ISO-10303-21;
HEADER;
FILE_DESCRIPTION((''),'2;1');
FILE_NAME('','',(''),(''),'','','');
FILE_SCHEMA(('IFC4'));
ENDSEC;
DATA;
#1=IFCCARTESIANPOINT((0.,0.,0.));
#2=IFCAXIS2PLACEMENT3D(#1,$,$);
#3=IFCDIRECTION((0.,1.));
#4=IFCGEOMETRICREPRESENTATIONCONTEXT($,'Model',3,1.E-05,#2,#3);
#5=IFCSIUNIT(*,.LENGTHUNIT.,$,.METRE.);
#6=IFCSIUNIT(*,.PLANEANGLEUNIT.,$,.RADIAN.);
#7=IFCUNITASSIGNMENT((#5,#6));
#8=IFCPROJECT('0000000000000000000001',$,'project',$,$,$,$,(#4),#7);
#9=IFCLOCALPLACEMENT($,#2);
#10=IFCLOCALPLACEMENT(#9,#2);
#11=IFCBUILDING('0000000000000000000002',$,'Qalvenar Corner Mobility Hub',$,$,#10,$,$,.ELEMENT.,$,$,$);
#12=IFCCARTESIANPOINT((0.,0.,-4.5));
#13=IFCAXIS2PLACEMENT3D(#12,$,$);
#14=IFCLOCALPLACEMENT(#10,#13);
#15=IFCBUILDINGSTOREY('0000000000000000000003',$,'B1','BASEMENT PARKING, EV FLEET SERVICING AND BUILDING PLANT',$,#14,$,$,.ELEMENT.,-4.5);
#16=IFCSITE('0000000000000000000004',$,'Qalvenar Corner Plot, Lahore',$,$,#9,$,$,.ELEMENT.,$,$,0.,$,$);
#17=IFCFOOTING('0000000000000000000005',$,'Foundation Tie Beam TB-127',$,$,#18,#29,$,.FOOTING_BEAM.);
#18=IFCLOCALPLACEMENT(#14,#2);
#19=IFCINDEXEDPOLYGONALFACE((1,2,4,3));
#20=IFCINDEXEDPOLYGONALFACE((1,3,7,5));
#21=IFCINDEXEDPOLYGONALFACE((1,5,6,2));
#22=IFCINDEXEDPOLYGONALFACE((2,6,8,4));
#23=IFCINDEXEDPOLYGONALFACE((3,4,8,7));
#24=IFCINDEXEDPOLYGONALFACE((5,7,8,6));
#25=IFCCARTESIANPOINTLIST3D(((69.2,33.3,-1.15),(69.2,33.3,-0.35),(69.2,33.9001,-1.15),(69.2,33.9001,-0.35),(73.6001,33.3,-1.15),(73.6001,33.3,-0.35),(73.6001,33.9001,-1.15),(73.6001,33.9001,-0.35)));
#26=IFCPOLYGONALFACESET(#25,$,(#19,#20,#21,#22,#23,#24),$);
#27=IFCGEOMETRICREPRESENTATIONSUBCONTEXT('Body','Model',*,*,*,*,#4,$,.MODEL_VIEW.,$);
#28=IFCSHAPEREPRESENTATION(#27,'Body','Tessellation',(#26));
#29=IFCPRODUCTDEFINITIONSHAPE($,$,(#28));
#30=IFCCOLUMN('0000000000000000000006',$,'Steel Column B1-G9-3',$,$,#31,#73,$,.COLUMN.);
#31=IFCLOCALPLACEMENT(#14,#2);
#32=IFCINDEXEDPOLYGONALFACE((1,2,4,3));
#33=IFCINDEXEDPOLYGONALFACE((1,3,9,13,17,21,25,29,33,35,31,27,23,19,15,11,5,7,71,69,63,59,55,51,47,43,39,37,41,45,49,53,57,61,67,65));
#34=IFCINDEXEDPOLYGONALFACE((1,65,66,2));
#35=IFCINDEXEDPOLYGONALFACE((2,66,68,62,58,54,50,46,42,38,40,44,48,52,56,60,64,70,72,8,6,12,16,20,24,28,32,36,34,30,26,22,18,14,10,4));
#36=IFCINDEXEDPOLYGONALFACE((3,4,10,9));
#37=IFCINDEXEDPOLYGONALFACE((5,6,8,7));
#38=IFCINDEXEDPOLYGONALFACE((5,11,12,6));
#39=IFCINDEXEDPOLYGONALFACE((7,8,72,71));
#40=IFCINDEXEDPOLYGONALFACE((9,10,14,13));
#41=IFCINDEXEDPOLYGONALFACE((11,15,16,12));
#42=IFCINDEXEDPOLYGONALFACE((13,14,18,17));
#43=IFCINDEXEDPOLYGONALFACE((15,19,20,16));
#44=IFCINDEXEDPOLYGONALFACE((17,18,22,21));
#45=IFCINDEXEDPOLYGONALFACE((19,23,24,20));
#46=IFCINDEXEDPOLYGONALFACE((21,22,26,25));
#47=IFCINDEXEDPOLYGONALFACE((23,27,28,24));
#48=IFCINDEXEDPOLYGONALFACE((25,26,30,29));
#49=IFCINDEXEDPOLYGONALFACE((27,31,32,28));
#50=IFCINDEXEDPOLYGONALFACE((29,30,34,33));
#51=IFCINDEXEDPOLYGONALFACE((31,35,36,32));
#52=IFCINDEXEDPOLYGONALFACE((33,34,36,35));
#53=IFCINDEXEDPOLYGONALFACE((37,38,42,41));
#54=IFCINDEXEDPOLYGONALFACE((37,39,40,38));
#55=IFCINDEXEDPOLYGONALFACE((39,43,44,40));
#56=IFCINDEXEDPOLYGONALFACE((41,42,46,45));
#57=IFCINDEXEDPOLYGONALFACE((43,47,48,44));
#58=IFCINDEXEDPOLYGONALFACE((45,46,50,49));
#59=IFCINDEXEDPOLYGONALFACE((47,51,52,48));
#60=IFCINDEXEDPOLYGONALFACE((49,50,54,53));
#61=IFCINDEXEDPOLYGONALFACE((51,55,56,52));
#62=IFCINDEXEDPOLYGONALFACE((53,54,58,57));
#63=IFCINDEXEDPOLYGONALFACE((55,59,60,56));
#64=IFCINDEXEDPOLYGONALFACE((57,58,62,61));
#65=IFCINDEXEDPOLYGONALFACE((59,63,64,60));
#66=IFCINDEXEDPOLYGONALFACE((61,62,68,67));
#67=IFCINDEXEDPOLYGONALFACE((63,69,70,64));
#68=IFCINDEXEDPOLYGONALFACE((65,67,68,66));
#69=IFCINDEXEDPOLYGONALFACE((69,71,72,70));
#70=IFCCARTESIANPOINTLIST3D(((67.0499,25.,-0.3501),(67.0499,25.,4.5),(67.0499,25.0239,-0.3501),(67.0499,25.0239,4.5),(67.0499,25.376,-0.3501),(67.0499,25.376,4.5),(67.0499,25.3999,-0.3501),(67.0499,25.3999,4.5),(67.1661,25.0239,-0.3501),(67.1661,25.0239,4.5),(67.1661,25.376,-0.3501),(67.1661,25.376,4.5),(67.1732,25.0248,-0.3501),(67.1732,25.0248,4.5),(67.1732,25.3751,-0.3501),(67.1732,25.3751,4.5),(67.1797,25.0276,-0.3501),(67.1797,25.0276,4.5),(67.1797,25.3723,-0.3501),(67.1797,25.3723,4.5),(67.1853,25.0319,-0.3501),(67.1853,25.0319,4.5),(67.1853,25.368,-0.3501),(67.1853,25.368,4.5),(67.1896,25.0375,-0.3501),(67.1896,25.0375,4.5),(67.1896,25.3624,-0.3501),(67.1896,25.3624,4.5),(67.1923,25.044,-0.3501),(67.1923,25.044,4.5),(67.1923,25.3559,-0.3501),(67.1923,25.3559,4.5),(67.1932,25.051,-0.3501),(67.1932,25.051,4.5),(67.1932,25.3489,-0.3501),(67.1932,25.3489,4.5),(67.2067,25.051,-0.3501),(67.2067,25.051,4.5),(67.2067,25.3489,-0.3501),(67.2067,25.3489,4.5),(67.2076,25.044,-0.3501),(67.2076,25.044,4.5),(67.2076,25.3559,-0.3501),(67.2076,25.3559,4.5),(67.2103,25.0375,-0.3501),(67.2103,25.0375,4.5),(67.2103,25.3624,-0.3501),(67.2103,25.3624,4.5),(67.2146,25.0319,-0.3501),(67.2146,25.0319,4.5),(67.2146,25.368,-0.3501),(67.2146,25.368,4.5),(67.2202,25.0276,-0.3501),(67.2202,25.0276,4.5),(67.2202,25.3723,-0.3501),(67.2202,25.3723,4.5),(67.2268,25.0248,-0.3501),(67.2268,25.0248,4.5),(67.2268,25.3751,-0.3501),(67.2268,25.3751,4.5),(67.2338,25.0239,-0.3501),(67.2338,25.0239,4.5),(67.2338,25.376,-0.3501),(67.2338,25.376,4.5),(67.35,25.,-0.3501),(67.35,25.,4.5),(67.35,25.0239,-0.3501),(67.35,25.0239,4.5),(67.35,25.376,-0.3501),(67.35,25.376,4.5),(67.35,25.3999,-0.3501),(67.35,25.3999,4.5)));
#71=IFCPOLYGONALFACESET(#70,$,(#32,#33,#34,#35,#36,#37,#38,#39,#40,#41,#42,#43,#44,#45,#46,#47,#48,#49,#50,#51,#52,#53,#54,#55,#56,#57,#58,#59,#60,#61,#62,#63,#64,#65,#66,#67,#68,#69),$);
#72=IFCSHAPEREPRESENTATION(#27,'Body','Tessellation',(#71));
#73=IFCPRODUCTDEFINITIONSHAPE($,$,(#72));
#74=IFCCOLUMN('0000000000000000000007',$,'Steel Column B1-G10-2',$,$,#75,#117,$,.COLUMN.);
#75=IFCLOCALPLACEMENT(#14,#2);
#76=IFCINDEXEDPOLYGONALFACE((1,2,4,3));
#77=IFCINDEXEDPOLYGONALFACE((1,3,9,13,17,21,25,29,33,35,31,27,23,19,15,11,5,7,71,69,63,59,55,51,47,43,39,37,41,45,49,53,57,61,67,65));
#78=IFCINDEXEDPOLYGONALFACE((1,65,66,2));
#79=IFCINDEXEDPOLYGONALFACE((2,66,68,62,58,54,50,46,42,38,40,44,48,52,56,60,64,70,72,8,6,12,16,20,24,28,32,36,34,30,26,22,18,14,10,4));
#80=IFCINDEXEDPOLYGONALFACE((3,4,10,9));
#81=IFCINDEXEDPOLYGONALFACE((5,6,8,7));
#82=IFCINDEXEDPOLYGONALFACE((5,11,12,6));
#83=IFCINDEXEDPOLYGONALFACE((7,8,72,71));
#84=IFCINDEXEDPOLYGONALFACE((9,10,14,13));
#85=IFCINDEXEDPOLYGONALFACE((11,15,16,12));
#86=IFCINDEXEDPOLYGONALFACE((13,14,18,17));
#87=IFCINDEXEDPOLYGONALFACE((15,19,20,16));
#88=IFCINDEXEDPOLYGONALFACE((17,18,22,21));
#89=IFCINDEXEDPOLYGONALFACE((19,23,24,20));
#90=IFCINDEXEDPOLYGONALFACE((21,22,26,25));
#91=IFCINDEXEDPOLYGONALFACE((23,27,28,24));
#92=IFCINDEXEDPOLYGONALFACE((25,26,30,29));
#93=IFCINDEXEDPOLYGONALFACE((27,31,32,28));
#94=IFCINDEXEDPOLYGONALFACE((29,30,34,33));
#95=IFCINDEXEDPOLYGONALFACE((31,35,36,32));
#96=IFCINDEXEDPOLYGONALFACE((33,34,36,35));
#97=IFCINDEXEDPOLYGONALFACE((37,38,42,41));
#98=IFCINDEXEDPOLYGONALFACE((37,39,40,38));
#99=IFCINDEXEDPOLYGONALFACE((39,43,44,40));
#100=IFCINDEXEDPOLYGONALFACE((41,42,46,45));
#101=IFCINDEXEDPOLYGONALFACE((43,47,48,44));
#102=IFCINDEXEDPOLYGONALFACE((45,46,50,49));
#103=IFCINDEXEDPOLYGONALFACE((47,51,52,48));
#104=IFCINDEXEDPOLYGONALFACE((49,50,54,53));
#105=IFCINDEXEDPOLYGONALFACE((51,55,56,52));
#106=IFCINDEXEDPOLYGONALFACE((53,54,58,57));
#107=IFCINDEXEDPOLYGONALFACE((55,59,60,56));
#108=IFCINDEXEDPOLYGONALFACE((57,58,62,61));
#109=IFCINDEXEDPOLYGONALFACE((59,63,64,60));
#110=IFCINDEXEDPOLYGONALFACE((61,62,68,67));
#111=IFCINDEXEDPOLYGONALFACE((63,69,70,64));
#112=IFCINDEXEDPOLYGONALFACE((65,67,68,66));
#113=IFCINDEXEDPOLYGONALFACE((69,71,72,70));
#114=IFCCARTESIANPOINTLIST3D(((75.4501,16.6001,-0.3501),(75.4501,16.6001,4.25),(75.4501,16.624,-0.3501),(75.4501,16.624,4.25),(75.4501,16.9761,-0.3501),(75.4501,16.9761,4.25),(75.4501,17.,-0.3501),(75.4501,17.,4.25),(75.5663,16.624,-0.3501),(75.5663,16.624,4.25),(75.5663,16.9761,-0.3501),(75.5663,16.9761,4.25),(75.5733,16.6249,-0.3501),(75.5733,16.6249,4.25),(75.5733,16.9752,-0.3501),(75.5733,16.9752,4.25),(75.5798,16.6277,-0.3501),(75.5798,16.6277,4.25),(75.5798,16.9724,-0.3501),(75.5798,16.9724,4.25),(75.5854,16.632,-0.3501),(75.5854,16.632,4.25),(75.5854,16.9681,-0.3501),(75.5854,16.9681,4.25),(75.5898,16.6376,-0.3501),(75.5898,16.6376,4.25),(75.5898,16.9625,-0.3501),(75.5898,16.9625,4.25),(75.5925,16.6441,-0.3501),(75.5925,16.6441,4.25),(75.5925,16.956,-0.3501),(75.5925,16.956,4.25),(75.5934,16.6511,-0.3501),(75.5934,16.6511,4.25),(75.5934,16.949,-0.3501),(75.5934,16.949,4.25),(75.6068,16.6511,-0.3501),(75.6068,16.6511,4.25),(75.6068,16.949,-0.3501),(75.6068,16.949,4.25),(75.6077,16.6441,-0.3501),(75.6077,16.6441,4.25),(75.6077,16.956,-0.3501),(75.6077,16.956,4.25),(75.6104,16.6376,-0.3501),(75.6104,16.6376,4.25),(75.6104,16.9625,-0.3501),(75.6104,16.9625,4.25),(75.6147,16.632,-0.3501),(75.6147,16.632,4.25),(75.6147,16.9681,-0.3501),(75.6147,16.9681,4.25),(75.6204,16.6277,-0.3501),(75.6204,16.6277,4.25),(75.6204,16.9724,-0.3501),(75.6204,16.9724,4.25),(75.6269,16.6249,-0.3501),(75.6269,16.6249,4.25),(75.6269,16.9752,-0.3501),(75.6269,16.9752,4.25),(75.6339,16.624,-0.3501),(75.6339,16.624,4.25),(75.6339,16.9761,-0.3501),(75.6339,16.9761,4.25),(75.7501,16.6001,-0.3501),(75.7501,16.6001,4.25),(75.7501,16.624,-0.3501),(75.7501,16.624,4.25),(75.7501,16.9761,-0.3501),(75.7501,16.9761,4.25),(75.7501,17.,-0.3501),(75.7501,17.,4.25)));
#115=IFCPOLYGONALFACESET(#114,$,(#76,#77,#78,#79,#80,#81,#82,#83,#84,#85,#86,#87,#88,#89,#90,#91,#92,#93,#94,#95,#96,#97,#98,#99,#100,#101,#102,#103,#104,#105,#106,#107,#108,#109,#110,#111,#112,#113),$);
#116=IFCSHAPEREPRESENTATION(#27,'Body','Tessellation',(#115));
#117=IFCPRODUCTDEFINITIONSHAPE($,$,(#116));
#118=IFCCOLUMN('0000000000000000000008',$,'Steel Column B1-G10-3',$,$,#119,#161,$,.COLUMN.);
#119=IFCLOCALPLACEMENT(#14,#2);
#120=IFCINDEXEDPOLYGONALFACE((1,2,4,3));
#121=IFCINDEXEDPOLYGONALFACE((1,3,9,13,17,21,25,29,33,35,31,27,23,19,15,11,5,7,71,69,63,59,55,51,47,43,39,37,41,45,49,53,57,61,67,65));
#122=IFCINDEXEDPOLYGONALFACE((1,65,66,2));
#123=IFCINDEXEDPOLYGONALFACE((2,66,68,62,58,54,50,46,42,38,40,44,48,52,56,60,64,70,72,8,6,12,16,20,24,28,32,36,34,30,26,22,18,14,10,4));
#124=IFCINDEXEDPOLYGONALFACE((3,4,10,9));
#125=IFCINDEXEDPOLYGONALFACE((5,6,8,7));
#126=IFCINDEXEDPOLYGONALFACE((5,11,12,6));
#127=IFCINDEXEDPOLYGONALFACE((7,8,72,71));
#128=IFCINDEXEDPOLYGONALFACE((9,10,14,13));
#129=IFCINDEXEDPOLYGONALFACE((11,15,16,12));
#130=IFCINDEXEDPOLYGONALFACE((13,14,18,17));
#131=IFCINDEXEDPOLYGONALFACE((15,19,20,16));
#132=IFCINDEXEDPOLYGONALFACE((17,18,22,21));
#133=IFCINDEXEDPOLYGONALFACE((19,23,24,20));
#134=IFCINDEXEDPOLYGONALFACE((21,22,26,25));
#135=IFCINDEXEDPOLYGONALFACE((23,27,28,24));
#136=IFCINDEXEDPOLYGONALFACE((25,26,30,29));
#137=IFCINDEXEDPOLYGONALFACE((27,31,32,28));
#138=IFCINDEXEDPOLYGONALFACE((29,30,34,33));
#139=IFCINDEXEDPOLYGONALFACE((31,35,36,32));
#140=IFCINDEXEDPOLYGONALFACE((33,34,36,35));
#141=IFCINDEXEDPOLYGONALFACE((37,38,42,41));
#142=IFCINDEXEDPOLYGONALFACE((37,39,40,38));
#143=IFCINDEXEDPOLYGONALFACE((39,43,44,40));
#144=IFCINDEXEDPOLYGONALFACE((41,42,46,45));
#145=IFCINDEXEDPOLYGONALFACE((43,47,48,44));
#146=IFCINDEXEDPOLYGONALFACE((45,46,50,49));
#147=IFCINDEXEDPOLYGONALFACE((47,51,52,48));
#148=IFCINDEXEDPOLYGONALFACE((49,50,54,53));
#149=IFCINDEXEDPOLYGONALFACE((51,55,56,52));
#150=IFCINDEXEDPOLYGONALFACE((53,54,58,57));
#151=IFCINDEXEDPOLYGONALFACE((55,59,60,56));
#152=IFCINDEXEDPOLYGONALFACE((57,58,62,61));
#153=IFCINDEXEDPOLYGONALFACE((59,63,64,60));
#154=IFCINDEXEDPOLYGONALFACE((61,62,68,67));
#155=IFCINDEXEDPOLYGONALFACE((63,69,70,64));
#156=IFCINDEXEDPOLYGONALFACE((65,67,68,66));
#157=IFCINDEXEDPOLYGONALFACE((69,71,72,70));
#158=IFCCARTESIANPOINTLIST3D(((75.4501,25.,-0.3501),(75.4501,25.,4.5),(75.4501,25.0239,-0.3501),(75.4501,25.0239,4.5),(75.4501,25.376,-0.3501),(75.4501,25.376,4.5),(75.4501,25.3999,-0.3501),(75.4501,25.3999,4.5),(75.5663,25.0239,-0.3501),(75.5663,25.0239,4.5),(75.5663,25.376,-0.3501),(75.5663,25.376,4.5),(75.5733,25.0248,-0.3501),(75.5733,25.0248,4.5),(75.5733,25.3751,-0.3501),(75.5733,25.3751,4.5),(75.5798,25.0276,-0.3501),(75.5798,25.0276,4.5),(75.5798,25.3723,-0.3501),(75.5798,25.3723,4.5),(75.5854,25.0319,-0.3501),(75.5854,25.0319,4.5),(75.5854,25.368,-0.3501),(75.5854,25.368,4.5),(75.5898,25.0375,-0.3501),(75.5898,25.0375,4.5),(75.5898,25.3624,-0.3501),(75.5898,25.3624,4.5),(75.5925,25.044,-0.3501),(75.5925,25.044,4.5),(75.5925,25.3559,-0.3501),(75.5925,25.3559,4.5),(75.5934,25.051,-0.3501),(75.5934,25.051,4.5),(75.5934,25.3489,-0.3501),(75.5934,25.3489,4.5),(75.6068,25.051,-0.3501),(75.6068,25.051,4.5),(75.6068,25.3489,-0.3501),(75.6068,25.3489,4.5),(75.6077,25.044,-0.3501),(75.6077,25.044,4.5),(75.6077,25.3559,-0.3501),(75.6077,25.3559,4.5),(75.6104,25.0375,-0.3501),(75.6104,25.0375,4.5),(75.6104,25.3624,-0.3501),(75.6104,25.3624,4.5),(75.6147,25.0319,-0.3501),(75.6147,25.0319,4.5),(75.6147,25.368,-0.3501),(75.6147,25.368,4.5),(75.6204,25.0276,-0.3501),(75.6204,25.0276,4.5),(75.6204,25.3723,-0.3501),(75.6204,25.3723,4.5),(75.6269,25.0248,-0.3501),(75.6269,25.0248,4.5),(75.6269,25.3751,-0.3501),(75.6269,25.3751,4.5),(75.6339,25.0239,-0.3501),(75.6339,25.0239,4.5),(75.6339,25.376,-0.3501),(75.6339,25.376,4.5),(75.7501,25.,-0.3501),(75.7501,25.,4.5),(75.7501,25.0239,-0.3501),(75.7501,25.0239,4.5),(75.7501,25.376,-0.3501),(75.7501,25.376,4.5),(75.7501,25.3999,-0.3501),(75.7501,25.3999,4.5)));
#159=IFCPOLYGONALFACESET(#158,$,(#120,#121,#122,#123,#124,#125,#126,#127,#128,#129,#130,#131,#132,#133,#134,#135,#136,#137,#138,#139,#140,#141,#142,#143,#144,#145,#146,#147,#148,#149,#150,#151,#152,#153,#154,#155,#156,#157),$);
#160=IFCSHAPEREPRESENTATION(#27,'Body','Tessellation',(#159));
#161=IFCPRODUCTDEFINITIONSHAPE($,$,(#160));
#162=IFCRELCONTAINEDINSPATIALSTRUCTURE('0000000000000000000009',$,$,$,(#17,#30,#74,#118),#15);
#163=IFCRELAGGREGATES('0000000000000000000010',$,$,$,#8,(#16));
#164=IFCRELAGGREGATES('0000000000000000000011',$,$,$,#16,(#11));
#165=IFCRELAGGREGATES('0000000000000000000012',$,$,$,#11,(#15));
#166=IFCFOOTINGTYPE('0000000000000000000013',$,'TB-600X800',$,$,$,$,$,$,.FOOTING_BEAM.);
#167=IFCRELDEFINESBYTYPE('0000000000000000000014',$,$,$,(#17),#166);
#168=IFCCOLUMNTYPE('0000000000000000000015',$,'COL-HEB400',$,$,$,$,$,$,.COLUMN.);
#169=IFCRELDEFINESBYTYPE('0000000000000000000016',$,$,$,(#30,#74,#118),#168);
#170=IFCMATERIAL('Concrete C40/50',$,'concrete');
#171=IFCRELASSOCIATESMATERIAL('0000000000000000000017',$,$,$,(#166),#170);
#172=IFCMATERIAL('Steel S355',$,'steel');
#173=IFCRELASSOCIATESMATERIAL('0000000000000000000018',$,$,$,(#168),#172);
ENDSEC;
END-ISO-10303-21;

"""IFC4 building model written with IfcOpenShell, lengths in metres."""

from ifc_helpers import new_model, si_unit, direction, frame, origin, origin_2d, place, context, subcontext, project, spatial, rectangle, i_section, extrude, material, material_profile, profile_set, type_object, element, save


model = new_model("IFC4")

# Units and contexts
model_context = context("Model", 3, precision=1e-05, world=origin(), true_north=direction((0.0, 1.0)))
body_context = subcontext(model_context, "Body", "Model", "MODEL_VIEW")
ifc_project = project(units=[si_unit("LENGTHUNIT", "METRE"), si_unit("PLANEANGLEUNIT", "RADIAN")], contexts=[model_context])

# Site, building, storey
site_placement = place(None, origin())
site = spatial("IfcSite", under=ifc_project, at=site_placement, Name="Qalvenar Corner Plot, Lahore", CompositionType="ELEMENT", RefElevation=0.0)
building_placement = place(site_placement, origin())
building = spatial("IfcBuilding", under=site, at=building_placement, Name="Qalvenar Corner Mobility Hub", CompositionType="ELEMENT")
storey_placement = place(building_placement, frame((0.0, 0.0, -4.5)))
storey = spatial("IfcBuildingStorey", under=building, at=storey_placement, Name="B1", Description="BASEMENT PARKING, EV FLEET SERVICING AND BUILDING PLANT", CompositionType="ELEMENT", Elevation=-4.5)

# Shared definitions
ifc_material_1 = material(Name="Concrete C40/50", Category="concrete")

# Footing
ifc_material_profile_1 = material_profile(ifc_material_1, rectangle(XDim=0.6001, YDim=0.8, at=origin_2d()), Name="RC600x800")
ifc_profile_set_1 = profile_set([ifc_material_profile_1], Name="Concrete C40/50")
footing_type_1 = type_object("IfcFootingType", Name="TB-600X800", PredefinedType="FOOTING_BEAM", material=ifc_profile_set_1)
footing_1_placement = place(storey_placement, frame((69.2, 33.6001, -0.75), z_axis=(1.0, 0.0, 0.0), x_axis=(0.0, 1.0, 0.0)))
element("IfcFooting", 1, at=footing_1_placement, inside=storey, type_object=footing_type_1, Name="Foundation Tie Beam TB-127", PredefinedType="FOOTING_BEAM", context=body_context, shape_type="SweptSolid", body=[
    extrude(rectangle(XDim=0.6001, YDim=0.8, at=origin_2d()), origin(), (0.0, 0.0, 1.0), 4.4001),
])

# Columns
ifc_material_2 = material(Name="Steel S355", Category="steel")
ifc_material_profile_2 = material_profile(ifc_material_2, i_section(OverallWidth=0.3, OverallDepth=0.3999, WebThickness=0.0134, FlangeThickness=0.0239, FilletRadius=0.0271, at=origin_2d()), Name="HEB400")
ifc_profile_set_2 = profile_set([ifc_material_profile_2], Name="Steel S355")
column_type_1 = type_object("IfcColumnType", Name="COL-HEB400", PredefinedType="COLUMN", material=ifc_profile_set_2)
column_1_placement = place(storey_placement, frame((67.2, 25.2, -0.3501), z_axis=(0.0, 0.0, 1.0), x_axis=(1.0, 0.0, 0.0)))
element("IfcColumn", 2, at=column_1_placement, inside=storey, type_object=column_type_1, Name="Steel Column B1-G9-3", PredefinedType="COLUMN", context=body_context, shape_type="SweptSolid", body=[
    extrude(i_section(OverallWidth=0.3, OverallDepth=0.3999, WebThickness=0.0134, FlangeThickness=0.0239, FilletRadius=0.0271, at=origin_2d()), origin(), (0.0, 0.0, 1.0), 4.8501),
])
column_2_placement = place(storey_placement, frame((75.6001, 16.8, -0.3501), z_axis=(0.0, 0.0, 1.0), x_axis=(1.0, 0.0, 0.0)))
element("IfcColumn", 3, at=column_2_placement, inside=storey, type_object=column_type_1, Name="Steel Column B1-G10-2", PredefinedType="COLUMN", context=body_context, shape_type="SweptSolid", body=[
    extrude(i_section(OverallWidth=0.3, OverallDepth=0.3999, WebThickness=0.0134, FlangeThickness=0.0239, FilletRadius=0.0271, at=origin_2d()), origin(), (0.0, 0.0, 1.0), 4.6001),
])
column_3_placement = place(storey_placement, frame((75.6001, 25.2, -0.3501), z_axis=(0.0, 0.0, 1.0), x_axis=(1.0, 0.0, 0.0)))
element("IfcColumn", 4, at=column_3_placement, inside=storey, type_object=column_type_1, Name="Steel Column B1-G10-3", PredefinedType="COLUMN", context=body_context, shape_type="SweptSolid", body=[
    extrude(i_section(OverallWidth=0.3, OverallDepth=0.3999, WebThickness=0.0134, FlangeThickness=0.0239, FilletRadius=0.0271, at=origin_2d()), origin(), (0.0, 0.0, 1.0), 4.8501),
])

save(model, "model.ifc")
